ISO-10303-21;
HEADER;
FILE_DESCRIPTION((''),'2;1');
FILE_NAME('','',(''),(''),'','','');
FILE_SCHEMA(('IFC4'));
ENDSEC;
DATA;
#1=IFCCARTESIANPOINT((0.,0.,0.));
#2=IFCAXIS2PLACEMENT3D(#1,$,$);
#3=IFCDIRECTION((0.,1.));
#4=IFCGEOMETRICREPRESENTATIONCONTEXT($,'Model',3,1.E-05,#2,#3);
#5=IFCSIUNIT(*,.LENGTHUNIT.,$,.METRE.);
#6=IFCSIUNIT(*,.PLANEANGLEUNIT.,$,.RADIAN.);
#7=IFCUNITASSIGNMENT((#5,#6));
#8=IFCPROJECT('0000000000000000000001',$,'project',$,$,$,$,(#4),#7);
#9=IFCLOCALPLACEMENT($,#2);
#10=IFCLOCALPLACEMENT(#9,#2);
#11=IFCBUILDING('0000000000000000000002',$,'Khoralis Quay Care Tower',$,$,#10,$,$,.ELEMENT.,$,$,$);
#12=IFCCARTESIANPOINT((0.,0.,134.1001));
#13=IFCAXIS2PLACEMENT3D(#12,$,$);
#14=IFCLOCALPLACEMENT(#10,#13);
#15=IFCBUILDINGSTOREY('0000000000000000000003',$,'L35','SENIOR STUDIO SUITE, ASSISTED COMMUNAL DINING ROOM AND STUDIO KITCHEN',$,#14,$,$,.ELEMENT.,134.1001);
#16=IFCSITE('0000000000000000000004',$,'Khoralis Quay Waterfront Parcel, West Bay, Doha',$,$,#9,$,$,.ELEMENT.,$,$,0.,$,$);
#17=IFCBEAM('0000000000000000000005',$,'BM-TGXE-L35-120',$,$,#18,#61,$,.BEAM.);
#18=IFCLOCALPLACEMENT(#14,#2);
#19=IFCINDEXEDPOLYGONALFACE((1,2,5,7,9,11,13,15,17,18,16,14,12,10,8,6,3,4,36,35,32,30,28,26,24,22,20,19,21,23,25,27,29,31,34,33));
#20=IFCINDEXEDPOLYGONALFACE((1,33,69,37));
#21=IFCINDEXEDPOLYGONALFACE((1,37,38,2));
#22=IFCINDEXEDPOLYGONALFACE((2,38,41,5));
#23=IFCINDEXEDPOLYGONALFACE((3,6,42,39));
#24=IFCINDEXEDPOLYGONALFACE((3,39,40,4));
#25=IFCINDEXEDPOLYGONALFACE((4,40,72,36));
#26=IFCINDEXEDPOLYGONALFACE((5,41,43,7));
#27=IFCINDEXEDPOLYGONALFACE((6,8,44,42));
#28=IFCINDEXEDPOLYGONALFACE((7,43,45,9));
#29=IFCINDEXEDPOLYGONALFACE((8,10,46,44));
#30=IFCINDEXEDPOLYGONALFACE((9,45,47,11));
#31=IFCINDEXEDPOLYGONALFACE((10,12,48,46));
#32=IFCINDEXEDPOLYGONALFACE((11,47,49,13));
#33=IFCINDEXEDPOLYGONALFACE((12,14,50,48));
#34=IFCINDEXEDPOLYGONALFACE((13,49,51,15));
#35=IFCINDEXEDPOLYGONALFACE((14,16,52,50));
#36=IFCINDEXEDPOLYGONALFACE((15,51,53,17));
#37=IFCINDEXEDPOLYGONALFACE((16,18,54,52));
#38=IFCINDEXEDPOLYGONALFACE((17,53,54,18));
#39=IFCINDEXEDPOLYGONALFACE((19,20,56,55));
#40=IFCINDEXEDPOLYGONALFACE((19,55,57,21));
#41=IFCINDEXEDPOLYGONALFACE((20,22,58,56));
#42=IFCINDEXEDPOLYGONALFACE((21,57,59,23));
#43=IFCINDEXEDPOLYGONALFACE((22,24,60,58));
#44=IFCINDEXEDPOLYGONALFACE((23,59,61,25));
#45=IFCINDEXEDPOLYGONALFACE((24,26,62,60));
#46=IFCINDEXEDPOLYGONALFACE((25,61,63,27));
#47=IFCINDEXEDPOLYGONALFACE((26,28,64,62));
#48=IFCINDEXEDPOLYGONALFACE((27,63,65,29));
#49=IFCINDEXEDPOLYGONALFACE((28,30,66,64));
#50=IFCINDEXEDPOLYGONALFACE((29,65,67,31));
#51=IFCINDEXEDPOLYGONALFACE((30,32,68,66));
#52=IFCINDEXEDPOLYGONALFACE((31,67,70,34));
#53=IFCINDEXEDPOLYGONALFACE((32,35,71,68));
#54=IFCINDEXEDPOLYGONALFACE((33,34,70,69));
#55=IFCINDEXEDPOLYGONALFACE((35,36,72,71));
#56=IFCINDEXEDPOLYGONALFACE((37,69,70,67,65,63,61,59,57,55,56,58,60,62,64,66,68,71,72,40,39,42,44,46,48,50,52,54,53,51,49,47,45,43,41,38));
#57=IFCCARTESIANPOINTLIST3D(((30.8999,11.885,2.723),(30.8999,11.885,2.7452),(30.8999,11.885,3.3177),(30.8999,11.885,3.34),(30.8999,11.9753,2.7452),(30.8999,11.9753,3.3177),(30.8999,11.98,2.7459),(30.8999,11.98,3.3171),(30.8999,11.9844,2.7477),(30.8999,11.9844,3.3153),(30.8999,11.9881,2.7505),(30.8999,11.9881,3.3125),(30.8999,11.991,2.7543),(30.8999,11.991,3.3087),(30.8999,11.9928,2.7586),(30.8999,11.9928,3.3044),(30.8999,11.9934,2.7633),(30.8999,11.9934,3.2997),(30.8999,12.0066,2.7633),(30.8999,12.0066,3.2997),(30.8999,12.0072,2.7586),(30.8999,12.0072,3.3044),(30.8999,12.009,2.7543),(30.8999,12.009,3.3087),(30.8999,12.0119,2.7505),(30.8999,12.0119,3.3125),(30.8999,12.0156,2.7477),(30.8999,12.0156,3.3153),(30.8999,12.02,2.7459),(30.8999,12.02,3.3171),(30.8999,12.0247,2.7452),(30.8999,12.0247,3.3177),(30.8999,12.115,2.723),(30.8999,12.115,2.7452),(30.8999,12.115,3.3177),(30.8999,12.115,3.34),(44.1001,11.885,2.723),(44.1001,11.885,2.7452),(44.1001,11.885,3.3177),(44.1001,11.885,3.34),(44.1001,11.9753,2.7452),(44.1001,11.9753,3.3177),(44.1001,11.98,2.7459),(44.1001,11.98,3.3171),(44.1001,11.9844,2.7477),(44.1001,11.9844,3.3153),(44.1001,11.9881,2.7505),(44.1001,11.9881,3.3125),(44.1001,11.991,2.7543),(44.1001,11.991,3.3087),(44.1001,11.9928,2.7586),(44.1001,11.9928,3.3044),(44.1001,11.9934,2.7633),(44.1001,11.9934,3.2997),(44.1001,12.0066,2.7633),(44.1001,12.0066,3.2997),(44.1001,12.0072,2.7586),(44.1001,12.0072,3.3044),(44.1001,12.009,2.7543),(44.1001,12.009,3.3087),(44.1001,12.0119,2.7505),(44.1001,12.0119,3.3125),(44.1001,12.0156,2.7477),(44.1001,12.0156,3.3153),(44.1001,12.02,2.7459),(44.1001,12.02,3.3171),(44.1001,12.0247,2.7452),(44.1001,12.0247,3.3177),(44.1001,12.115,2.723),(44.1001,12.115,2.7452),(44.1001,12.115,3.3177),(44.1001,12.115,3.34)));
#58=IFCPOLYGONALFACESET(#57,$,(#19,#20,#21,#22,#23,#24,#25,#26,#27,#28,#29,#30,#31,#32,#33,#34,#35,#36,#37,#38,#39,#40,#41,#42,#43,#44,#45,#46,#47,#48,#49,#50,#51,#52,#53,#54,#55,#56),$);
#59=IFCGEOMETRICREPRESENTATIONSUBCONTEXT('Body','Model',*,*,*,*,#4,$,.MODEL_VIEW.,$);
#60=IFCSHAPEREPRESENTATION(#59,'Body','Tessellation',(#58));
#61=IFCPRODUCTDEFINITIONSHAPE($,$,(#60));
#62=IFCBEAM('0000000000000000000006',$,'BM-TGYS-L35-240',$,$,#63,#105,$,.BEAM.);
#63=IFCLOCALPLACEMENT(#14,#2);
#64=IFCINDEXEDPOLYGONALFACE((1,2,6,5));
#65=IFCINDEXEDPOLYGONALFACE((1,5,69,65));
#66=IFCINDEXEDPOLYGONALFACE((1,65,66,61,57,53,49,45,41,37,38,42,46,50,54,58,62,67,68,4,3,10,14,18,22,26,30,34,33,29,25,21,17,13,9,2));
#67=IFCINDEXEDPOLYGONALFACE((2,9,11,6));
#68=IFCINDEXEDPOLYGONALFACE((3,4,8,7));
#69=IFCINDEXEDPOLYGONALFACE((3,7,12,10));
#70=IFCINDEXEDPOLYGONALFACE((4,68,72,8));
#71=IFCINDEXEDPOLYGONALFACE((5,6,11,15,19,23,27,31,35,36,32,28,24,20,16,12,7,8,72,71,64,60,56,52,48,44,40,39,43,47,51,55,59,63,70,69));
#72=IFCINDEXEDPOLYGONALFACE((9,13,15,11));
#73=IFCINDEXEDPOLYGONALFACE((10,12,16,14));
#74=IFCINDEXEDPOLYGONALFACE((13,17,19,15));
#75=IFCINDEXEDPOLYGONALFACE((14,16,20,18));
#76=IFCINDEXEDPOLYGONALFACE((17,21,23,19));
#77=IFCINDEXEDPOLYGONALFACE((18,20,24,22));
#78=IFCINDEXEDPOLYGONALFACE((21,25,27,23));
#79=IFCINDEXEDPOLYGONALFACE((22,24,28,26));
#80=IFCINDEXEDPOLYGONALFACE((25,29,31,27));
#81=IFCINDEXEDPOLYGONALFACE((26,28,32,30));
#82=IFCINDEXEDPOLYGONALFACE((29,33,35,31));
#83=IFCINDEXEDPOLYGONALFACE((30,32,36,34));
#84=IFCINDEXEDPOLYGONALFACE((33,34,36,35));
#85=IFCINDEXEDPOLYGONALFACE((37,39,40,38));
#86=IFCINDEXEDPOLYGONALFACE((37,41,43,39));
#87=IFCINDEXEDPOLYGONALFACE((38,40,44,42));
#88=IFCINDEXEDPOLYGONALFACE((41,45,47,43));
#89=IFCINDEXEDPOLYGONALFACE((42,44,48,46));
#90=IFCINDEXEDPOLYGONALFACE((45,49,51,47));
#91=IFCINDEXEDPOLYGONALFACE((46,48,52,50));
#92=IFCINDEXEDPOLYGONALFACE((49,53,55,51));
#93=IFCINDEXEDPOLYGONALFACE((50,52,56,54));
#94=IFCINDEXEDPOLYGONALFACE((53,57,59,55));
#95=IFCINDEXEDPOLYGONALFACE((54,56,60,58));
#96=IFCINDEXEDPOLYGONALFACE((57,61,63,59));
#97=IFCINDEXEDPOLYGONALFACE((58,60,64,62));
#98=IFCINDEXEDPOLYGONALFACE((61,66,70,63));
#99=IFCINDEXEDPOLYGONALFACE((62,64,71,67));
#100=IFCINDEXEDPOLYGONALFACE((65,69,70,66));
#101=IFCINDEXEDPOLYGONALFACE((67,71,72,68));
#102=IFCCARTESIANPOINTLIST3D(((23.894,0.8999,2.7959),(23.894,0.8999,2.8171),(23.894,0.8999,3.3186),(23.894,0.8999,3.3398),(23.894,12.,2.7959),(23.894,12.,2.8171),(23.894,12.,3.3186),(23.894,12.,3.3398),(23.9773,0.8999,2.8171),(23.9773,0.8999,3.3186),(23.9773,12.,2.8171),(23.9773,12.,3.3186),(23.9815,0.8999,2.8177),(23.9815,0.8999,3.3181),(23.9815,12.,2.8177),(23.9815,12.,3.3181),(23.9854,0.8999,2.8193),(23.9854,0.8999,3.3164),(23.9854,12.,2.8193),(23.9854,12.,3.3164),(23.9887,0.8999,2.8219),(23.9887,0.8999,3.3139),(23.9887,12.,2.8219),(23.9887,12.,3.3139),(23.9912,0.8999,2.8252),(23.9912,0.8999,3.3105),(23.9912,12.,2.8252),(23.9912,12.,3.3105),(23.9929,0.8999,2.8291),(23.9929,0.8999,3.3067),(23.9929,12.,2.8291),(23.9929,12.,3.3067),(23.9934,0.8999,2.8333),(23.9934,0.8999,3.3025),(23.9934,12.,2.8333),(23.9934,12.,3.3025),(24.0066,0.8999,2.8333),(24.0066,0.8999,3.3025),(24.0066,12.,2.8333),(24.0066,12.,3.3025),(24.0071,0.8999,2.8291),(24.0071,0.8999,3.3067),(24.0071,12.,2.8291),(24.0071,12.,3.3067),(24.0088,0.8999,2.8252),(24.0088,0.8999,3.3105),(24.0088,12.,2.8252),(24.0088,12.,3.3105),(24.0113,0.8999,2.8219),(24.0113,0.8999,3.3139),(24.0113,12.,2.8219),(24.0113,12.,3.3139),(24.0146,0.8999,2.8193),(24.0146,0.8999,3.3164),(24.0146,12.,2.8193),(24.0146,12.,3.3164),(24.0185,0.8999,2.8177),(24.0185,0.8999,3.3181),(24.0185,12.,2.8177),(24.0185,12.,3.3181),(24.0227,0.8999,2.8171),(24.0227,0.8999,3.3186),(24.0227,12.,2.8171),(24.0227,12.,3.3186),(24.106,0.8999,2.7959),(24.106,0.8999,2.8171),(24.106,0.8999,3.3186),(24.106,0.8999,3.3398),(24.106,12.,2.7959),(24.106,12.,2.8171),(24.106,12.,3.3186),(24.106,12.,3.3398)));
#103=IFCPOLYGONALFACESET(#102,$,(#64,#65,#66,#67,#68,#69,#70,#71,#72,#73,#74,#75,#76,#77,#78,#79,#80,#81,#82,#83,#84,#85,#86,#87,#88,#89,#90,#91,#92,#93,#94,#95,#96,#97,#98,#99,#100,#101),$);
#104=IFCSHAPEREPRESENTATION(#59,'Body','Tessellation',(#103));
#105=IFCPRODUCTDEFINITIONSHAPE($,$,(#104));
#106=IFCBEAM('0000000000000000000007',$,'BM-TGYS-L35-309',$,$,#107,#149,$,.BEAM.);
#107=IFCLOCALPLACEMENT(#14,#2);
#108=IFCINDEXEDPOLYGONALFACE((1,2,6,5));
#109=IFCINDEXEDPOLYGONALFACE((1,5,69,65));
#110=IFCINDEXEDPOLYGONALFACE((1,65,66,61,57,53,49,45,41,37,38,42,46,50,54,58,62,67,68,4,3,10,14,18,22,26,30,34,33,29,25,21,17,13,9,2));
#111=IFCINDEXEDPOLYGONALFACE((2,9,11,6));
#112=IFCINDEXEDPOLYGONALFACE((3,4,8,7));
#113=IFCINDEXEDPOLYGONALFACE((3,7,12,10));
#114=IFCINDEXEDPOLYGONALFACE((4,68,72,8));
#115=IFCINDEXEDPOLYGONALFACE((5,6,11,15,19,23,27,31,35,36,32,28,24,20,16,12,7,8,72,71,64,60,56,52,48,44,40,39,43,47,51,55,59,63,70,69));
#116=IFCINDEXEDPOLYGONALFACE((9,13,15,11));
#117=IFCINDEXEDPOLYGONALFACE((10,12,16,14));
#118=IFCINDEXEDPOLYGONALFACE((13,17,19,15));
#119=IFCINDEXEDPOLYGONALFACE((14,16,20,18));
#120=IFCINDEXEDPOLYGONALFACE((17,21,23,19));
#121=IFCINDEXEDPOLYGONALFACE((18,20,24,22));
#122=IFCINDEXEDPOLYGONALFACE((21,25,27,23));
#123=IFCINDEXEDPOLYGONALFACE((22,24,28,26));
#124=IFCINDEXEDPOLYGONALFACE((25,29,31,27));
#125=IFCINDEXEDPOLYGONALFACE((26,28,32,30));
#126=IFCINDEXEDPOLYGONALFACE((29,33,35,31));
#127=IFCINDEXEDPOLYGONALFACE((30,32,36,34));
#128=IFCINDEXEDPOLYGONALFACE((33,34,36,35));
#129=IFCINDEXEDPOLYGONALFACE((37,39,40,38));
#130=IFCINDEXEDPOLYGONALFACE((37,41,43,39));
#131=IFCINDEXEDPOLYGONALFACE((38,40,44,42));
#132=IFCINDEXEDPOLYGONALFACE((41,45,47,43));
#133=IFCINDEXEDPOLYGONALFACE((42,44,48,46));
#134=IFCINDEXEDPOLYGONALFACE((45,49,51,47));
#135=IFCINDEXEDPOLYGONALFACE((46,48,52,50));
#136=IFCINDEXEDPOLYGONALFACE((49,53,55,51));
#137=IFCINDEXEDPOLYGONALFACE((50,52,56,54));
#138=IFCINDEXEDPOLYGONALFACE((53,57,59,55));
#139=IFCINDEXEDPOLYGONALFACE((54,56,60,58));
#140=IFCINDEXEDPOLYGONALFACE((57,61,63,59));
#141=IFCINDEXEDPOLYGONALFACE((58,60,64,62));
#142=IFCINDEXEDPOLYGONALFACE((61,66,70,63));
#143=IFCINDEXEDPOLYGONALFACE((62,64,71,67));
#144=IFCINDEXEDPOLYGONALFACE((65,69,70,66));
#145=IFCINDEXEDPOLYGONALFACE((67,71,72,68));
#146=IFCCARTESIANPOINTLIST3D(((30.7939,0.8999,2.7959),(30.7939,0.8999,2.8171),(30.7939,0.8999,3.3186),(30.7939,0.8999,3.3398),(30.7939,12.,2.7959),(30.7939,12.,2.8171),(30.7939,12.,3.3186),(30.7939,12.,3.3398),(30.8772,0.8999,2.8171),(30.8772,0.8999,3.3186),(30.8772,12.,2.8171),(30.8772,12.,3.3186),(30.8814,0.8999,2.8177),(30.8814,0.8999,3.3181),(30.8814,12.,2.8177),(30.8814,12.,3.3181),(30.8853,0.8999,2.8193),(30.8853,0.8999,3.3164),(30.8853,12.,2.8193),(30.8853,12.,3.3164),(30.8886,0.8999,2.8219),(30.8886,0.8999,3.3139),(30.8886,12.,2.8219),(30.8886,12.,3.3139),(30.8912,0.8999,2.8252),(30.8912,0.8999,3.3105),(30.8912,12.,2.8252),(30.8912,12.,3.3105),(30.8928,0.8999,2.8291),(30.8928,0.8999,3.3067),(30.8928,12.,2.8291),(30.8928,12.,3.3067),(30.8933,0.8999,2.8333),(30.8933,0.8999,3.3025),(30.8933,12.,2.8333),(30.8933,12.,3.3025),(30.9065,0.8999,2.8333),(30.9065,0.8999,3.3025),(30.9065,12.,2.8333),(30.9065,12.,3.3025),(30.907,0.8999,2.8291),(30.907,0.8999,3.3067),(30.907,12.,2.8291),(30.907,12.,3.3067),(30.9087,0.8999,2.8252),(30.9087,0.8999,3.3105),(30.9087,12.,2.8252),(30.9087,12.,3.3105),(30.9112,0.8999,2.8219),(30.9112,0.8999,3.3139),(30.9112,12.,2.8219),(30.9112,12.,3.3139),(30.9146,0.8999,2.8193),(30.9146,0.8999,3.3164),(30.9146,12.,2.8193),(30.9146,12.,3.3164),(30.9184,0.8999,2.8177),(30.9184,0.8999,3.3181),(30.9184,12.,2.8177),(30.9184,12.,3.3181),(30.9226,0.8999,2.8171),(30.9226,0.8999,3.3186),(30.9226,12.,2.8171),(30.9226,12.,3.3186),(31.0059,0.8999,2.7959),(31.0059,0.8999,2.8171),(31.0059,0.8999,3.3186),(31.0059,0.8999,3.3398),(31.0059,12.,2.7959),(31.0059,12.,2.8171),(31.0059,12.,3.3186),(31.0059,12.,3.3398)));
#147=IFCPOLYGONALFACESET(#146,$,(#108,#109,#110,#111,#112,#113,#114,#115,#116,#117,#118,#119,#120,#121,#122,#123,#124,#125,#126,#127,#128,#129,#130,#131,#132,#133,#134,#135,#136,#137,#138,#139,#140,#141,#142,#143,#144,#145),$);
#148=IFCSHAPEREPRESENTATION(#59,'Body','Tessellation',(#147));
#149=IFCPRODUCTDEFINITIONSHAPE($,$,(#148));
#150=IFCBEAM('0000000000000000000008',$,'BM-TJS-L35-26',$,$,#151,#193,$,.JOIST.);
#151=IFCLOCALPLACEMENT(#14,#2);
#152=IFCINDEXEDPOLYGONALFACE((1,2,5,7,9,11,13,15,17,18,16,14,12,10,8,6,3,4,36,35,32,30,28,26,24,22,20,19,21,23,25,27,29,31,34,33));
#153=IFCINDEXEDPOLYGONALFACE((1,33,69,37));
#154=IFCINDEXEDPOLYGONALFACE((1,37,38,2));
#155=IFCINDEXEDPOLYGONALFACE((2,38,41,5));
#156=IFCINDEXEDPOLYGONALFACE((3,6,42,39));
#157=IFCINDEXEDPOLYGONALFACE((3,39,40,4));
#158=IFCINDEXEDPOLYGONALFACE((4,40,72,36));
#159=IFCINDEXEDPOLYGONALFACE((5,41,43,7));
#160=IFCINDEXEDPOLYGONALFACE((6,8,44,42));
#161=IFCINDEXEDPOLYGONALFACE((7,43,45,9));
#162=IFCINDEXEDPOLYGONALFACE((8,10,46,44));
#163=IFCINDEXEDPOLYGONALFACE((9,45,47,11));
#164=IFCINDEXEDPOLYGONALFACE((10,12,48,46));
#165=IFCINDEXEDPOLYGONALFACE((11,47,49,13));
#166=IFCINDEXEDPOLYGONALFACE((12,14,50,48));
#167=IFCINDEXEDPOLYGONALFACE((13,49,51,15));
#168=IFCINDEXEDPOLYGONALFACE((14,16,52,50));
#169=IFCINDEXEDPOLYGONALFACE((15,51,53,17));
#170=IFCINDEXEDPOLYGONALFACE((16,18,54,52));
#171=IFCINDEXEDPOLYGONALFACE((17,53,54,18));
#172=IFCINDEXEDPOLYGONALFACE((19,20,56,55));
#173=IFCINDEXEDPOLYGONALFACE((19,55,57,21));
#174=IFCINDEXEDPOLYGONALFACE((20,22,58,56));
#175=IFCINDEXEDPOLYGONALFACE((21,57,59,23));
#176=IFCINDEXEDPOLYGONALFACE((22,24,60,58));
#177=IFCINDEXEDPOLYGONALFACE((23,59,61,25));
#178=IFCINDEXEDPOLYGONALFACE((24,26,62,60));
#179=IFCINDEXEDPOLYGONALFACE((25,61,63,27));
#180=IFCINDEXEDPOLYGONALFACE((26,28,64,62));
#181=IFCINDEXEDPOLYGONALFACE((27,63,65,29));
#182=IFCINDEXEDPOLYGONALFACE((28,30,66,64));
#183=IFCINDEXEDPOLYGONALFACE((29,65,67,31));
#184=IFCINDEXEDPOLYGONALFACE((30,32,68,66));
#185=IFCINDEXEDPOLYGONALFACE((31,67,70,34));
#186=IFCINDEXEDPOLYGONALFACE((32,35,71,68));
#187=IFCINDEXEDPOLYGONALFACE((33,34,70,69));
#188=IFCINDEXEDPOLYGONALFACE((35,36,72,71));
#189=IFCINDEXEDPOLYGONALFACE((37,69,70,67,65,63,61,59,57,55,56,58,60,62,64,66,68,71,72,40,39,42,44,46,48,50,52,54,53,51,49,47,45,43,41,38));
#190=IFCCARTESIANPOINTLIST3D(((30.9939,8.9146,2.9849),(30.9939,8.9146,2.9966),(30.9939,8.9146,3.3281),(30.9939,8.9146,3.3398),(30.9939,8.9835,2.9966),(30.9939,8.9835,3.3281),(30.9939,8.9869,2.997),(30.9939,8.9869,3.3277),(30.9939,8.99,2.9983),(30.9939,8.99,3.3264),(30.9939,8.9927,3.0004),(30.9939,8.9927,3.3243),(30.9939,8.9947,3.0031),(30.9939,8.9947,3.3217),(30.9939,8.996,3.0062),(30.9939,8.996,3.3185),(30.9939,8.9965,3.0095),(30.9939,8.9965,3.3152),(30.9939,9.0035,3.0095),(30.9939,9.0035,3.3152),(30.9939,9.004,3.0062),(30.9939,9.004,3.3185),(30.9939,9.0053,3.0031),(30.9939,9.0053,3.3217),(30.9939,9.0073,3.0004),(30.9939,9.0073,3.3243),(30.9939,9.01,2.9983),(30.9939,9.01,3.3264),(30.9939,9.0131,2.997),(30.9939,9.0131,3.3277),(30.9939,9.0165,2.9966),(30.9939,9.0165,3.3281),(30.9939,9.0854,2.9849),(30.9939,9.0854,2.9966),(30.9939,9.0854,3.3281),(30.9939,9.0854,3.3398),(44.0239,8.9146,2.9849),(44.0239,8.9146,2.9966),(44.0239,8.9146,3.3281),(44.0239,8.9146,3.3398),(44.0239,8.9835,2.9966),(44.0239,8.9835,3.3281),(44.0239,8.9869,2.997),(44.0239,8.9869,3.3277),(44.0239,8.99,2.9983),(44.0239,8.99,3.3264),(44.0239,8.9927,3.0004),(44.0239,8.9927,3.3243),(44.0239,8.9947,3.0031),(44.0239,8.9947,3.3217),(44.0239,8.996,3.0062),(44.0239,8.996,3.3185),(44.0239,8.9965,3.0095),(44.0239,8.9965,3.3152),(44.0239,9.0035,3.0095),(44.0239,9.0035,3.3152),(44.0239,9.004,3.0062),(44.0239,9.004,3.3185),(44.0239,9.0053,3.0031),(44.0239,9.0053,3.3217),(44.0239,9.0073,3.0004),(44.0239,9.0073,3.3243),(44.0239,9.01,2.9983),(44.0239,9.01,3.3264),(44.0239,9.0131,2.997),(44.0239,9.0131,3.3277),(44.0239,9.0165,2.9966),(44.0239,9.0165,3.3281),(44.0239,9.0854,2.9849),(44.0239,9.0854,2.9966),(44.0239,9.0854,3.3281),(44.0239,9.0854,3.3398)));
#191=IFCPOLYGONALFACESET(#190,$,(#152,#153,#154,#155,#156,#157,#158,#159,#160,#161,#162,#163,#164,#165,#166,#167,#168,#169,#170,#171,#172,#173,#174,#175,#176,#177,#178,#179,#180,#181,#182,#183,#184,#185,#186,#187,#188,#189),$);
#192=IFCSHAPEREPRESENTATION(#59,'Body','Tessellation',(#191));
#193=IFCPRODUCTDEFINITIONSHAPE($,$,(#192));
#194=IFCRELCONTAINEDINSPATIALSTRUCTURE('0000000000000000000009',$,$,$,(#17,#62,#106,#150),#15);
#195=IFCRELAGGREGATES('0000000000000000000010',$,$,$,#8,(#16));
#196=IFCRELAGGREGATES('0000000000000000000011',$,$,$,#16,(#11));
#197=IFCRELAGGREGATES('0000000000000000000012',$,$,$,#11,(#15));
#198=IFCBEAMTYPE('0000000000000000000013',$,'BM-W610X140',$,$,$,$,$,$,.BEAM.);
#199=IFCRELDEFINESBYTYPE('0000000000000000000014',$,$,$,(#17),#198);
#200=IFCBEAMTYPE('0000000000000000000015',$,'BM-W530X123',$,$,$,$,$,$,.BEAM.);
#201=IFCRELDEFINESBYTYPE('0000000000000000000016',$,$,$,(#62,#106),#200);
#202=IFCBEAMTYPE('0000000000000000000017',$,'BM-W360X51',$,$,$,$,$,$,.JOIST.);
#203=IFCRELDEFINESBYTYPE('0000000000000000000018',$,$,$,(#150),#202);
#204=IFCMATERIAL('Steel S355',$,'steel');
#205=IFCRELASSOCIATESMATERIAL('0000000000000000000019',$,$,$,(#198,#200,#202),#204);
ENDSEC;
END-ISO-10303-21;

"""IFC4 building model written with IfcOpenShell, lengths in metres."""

from ifc_helpers import new_model, si_unit, direction, frame, origin, origin_2d, place, context, subcontext, project, spatial, i_section, extrude, source, transform, mapped, material, material_profile, profile_set, type_object, element, save


model = new_model("IFC4")

# Units and contexts
model_context = context("Model", 3, precision=1e-05, world=origin(), true_north=direction((0.0, 1.0)))
body_context = subcontext(model_context, "Body", "Model", "MODEL_VIEW")
ifc_project = project(units=[si_unit("LENGTHUNIT", "METRE"), si_unit("PLANEANGLEUNIT", "RADIAN")], contexts=[model_context])

# Site, building, storey
site_placement = place(None, origin())
site = spatial("IfcSite", under=ifc_project, at=site_placement, Name="Khoralis Quay Waterfront Parcel, West Bay, Doha", CompositionType="ELEMENT", RefElevation=0.0)
building_placement = place(site_placement, origin())
building = spatial("IfcBuilding", under=site, at=building_placement, Name="Khoralis Quay Care Tower", CompositionType="ELEMENT")
storey_placement = place(building_placement, frame((0.0, 0.0, 134.1001)))
storey = spatial("IfcBuildingStorey", under=building, at=storey_placement, Name="L35", Description="SENIOR STUDIO SUITE, ASSISTED COMMUNAL DINING ROOM AND STUDIO KITCHEN", CompositionType="ELEMENT", Elevation=134.1001)

# Beams
ifc_material_1 = material(Name="Steel S355", Category="steel")
ifc_material_profile_1 = material_profile(ifc_material_1, i_section(OverallWidth=0.23, OverallDepth=0.6169, WebThickness=0.0132, FlangeThickness=0.0222, FilletRadius=0.0181, at=origin_2d()), Name="Steel S355")
ifc_profile_set_1 = profile_set([ifc_material_profile_1], Name="Steel S355")
beam_type_1 = type_object("IfcBeamType", Name="BM-W610X140", PredefinedType="BEAM", material=ifc_profile_set_1)
shared_shape_1 = source(origin(), body_context, "Body", "SweptSolid", [
    extrude(i_section(OverallWidth=0.23, OverallDepth=0.6169, WebThickness=0.0132, FlangeThickness=0.0222, FilletRadius=0.0181, at=origin_2d()), origin(), (0.0, 0.0, 1.0), 13.2002),
])
beam_1_placement = place(storey_placement, frame((30.8999, 12.0, 3.0315), z_axis=(1.0, 0.0, 0.0), x_axis=(0.0, 1.0, 0.0)))
element("IfcBeam", 1, at=beam_1_placement, inside=storey, type_object=beam_type_1, Name="BM-TGXE-L35-120", PredefinedType="BEAM", context=body_context, shape_type="MappedRepresentation", body=[
    mapped(shared_shape_1, transform((0.0, 0.0, 0.0), scale=1.0)),
])
ifc_material_profile_2 = material_profile(ifc_material_1, i_section(OverallWidth=0.2119, OverallDepth=0.5439, WebThickness=0.0132, FlangeThickness=0.0212, FilletRadius=0.0161, at=origin_2d()), Name="Steel S355")
ifc_profile_set_2 = profile_set([ifc_material_profile_2], Name="Steel S355")
beam_type_2 = type_object("IfcBeamType", Name="BM-W530X123", PredefinedType="BEAM", material=ifc_profile_set_2)
shared_shape_2 = source(origin(), body_context, "Body", "SweptSolid", [
    extrude(i_section(OverallWidth=0.2119, OverallDepth=0.5439, WebThickness=0.0132, FlangeThickness=0.0212, FilletRadius=0.0161, at=origin_2d()), origin(), (0.0, 0.0, 1.0), 11.1001),
])
for number, where, z_axis, x_axis, name in (
    (2, (24.0, 0.8999, 3.0679), (0.0, 1.0, 0.0), (-1.0, 0.0, 0.0), "BM-TGYS-L35-240"),
    (3, (30.8999, 0.8999, 3.0679), (0.0, 1.0, 0.0), (-1.0, 0.0, 0.0), "BM-TGYS-L35-309"),
):
    element("IfcBeam", number, at=place(storey_placement, frame(where, z_axis=z_axis, x_axis=x_axis)), inside=storey, type_object=beam_type_2, Name=name, PredefinedType="BEAM", context=body_context, shape_type="MappedRepresentation", body=[
        mapped(shared_shape_2, transform((0.0, 0.0, 0.0), scale=1.0)),
    ])
ifc_material_profile_3 = material_profile(ifc_material_1, i_section(OverallWidth=0.1709, OverallDepth=0.355, WebThickness=0.0071, FlangeThickness=0.0117, FilletRadius=0.0129, at=origin_2d()), Name="Steel S355")
ifc_profile_set_3 = profile_set([ifc_material_profile_3], Name="Steel S355")
beam_type_3 = type_object("IfcBeamType", Name="BM-W360X51", PredefinedType="JOIST", material=ifc_profile_set_3)
shared_shape_3 = source(origin(), body_context, "Body", "SweptSolid", [
    extrude(i_section(OverallWidth=0.1709, OverallDepth=0.355, WebThickness=0.0071, FlangeThickness=0.0117, FilletRadius=0.0129, at=origin_2d()), origin(), (0.0, 0.0, 1.0), 13.03),
])
beam_2_placement = place(storey_placement, frame((30.9939, 9.0, 3.1624), z_axis=(1.0, 0.0, 0.0), x_axis=(0.0, 1.0, 0.0)))
element("IfcBeam", 4, at=beam_2_placement, inside=storey, type_object=beam_type_3, Name="BM-TJS-L35-26", PredefinedType="JOIST", context=body_context, shape_type="MappedRepresentation", body=[
    mapped(shared_shape_3, transform((0.0, 0.0, 0.0), scale=1.0)),
])

save(model, "model.ifc")
